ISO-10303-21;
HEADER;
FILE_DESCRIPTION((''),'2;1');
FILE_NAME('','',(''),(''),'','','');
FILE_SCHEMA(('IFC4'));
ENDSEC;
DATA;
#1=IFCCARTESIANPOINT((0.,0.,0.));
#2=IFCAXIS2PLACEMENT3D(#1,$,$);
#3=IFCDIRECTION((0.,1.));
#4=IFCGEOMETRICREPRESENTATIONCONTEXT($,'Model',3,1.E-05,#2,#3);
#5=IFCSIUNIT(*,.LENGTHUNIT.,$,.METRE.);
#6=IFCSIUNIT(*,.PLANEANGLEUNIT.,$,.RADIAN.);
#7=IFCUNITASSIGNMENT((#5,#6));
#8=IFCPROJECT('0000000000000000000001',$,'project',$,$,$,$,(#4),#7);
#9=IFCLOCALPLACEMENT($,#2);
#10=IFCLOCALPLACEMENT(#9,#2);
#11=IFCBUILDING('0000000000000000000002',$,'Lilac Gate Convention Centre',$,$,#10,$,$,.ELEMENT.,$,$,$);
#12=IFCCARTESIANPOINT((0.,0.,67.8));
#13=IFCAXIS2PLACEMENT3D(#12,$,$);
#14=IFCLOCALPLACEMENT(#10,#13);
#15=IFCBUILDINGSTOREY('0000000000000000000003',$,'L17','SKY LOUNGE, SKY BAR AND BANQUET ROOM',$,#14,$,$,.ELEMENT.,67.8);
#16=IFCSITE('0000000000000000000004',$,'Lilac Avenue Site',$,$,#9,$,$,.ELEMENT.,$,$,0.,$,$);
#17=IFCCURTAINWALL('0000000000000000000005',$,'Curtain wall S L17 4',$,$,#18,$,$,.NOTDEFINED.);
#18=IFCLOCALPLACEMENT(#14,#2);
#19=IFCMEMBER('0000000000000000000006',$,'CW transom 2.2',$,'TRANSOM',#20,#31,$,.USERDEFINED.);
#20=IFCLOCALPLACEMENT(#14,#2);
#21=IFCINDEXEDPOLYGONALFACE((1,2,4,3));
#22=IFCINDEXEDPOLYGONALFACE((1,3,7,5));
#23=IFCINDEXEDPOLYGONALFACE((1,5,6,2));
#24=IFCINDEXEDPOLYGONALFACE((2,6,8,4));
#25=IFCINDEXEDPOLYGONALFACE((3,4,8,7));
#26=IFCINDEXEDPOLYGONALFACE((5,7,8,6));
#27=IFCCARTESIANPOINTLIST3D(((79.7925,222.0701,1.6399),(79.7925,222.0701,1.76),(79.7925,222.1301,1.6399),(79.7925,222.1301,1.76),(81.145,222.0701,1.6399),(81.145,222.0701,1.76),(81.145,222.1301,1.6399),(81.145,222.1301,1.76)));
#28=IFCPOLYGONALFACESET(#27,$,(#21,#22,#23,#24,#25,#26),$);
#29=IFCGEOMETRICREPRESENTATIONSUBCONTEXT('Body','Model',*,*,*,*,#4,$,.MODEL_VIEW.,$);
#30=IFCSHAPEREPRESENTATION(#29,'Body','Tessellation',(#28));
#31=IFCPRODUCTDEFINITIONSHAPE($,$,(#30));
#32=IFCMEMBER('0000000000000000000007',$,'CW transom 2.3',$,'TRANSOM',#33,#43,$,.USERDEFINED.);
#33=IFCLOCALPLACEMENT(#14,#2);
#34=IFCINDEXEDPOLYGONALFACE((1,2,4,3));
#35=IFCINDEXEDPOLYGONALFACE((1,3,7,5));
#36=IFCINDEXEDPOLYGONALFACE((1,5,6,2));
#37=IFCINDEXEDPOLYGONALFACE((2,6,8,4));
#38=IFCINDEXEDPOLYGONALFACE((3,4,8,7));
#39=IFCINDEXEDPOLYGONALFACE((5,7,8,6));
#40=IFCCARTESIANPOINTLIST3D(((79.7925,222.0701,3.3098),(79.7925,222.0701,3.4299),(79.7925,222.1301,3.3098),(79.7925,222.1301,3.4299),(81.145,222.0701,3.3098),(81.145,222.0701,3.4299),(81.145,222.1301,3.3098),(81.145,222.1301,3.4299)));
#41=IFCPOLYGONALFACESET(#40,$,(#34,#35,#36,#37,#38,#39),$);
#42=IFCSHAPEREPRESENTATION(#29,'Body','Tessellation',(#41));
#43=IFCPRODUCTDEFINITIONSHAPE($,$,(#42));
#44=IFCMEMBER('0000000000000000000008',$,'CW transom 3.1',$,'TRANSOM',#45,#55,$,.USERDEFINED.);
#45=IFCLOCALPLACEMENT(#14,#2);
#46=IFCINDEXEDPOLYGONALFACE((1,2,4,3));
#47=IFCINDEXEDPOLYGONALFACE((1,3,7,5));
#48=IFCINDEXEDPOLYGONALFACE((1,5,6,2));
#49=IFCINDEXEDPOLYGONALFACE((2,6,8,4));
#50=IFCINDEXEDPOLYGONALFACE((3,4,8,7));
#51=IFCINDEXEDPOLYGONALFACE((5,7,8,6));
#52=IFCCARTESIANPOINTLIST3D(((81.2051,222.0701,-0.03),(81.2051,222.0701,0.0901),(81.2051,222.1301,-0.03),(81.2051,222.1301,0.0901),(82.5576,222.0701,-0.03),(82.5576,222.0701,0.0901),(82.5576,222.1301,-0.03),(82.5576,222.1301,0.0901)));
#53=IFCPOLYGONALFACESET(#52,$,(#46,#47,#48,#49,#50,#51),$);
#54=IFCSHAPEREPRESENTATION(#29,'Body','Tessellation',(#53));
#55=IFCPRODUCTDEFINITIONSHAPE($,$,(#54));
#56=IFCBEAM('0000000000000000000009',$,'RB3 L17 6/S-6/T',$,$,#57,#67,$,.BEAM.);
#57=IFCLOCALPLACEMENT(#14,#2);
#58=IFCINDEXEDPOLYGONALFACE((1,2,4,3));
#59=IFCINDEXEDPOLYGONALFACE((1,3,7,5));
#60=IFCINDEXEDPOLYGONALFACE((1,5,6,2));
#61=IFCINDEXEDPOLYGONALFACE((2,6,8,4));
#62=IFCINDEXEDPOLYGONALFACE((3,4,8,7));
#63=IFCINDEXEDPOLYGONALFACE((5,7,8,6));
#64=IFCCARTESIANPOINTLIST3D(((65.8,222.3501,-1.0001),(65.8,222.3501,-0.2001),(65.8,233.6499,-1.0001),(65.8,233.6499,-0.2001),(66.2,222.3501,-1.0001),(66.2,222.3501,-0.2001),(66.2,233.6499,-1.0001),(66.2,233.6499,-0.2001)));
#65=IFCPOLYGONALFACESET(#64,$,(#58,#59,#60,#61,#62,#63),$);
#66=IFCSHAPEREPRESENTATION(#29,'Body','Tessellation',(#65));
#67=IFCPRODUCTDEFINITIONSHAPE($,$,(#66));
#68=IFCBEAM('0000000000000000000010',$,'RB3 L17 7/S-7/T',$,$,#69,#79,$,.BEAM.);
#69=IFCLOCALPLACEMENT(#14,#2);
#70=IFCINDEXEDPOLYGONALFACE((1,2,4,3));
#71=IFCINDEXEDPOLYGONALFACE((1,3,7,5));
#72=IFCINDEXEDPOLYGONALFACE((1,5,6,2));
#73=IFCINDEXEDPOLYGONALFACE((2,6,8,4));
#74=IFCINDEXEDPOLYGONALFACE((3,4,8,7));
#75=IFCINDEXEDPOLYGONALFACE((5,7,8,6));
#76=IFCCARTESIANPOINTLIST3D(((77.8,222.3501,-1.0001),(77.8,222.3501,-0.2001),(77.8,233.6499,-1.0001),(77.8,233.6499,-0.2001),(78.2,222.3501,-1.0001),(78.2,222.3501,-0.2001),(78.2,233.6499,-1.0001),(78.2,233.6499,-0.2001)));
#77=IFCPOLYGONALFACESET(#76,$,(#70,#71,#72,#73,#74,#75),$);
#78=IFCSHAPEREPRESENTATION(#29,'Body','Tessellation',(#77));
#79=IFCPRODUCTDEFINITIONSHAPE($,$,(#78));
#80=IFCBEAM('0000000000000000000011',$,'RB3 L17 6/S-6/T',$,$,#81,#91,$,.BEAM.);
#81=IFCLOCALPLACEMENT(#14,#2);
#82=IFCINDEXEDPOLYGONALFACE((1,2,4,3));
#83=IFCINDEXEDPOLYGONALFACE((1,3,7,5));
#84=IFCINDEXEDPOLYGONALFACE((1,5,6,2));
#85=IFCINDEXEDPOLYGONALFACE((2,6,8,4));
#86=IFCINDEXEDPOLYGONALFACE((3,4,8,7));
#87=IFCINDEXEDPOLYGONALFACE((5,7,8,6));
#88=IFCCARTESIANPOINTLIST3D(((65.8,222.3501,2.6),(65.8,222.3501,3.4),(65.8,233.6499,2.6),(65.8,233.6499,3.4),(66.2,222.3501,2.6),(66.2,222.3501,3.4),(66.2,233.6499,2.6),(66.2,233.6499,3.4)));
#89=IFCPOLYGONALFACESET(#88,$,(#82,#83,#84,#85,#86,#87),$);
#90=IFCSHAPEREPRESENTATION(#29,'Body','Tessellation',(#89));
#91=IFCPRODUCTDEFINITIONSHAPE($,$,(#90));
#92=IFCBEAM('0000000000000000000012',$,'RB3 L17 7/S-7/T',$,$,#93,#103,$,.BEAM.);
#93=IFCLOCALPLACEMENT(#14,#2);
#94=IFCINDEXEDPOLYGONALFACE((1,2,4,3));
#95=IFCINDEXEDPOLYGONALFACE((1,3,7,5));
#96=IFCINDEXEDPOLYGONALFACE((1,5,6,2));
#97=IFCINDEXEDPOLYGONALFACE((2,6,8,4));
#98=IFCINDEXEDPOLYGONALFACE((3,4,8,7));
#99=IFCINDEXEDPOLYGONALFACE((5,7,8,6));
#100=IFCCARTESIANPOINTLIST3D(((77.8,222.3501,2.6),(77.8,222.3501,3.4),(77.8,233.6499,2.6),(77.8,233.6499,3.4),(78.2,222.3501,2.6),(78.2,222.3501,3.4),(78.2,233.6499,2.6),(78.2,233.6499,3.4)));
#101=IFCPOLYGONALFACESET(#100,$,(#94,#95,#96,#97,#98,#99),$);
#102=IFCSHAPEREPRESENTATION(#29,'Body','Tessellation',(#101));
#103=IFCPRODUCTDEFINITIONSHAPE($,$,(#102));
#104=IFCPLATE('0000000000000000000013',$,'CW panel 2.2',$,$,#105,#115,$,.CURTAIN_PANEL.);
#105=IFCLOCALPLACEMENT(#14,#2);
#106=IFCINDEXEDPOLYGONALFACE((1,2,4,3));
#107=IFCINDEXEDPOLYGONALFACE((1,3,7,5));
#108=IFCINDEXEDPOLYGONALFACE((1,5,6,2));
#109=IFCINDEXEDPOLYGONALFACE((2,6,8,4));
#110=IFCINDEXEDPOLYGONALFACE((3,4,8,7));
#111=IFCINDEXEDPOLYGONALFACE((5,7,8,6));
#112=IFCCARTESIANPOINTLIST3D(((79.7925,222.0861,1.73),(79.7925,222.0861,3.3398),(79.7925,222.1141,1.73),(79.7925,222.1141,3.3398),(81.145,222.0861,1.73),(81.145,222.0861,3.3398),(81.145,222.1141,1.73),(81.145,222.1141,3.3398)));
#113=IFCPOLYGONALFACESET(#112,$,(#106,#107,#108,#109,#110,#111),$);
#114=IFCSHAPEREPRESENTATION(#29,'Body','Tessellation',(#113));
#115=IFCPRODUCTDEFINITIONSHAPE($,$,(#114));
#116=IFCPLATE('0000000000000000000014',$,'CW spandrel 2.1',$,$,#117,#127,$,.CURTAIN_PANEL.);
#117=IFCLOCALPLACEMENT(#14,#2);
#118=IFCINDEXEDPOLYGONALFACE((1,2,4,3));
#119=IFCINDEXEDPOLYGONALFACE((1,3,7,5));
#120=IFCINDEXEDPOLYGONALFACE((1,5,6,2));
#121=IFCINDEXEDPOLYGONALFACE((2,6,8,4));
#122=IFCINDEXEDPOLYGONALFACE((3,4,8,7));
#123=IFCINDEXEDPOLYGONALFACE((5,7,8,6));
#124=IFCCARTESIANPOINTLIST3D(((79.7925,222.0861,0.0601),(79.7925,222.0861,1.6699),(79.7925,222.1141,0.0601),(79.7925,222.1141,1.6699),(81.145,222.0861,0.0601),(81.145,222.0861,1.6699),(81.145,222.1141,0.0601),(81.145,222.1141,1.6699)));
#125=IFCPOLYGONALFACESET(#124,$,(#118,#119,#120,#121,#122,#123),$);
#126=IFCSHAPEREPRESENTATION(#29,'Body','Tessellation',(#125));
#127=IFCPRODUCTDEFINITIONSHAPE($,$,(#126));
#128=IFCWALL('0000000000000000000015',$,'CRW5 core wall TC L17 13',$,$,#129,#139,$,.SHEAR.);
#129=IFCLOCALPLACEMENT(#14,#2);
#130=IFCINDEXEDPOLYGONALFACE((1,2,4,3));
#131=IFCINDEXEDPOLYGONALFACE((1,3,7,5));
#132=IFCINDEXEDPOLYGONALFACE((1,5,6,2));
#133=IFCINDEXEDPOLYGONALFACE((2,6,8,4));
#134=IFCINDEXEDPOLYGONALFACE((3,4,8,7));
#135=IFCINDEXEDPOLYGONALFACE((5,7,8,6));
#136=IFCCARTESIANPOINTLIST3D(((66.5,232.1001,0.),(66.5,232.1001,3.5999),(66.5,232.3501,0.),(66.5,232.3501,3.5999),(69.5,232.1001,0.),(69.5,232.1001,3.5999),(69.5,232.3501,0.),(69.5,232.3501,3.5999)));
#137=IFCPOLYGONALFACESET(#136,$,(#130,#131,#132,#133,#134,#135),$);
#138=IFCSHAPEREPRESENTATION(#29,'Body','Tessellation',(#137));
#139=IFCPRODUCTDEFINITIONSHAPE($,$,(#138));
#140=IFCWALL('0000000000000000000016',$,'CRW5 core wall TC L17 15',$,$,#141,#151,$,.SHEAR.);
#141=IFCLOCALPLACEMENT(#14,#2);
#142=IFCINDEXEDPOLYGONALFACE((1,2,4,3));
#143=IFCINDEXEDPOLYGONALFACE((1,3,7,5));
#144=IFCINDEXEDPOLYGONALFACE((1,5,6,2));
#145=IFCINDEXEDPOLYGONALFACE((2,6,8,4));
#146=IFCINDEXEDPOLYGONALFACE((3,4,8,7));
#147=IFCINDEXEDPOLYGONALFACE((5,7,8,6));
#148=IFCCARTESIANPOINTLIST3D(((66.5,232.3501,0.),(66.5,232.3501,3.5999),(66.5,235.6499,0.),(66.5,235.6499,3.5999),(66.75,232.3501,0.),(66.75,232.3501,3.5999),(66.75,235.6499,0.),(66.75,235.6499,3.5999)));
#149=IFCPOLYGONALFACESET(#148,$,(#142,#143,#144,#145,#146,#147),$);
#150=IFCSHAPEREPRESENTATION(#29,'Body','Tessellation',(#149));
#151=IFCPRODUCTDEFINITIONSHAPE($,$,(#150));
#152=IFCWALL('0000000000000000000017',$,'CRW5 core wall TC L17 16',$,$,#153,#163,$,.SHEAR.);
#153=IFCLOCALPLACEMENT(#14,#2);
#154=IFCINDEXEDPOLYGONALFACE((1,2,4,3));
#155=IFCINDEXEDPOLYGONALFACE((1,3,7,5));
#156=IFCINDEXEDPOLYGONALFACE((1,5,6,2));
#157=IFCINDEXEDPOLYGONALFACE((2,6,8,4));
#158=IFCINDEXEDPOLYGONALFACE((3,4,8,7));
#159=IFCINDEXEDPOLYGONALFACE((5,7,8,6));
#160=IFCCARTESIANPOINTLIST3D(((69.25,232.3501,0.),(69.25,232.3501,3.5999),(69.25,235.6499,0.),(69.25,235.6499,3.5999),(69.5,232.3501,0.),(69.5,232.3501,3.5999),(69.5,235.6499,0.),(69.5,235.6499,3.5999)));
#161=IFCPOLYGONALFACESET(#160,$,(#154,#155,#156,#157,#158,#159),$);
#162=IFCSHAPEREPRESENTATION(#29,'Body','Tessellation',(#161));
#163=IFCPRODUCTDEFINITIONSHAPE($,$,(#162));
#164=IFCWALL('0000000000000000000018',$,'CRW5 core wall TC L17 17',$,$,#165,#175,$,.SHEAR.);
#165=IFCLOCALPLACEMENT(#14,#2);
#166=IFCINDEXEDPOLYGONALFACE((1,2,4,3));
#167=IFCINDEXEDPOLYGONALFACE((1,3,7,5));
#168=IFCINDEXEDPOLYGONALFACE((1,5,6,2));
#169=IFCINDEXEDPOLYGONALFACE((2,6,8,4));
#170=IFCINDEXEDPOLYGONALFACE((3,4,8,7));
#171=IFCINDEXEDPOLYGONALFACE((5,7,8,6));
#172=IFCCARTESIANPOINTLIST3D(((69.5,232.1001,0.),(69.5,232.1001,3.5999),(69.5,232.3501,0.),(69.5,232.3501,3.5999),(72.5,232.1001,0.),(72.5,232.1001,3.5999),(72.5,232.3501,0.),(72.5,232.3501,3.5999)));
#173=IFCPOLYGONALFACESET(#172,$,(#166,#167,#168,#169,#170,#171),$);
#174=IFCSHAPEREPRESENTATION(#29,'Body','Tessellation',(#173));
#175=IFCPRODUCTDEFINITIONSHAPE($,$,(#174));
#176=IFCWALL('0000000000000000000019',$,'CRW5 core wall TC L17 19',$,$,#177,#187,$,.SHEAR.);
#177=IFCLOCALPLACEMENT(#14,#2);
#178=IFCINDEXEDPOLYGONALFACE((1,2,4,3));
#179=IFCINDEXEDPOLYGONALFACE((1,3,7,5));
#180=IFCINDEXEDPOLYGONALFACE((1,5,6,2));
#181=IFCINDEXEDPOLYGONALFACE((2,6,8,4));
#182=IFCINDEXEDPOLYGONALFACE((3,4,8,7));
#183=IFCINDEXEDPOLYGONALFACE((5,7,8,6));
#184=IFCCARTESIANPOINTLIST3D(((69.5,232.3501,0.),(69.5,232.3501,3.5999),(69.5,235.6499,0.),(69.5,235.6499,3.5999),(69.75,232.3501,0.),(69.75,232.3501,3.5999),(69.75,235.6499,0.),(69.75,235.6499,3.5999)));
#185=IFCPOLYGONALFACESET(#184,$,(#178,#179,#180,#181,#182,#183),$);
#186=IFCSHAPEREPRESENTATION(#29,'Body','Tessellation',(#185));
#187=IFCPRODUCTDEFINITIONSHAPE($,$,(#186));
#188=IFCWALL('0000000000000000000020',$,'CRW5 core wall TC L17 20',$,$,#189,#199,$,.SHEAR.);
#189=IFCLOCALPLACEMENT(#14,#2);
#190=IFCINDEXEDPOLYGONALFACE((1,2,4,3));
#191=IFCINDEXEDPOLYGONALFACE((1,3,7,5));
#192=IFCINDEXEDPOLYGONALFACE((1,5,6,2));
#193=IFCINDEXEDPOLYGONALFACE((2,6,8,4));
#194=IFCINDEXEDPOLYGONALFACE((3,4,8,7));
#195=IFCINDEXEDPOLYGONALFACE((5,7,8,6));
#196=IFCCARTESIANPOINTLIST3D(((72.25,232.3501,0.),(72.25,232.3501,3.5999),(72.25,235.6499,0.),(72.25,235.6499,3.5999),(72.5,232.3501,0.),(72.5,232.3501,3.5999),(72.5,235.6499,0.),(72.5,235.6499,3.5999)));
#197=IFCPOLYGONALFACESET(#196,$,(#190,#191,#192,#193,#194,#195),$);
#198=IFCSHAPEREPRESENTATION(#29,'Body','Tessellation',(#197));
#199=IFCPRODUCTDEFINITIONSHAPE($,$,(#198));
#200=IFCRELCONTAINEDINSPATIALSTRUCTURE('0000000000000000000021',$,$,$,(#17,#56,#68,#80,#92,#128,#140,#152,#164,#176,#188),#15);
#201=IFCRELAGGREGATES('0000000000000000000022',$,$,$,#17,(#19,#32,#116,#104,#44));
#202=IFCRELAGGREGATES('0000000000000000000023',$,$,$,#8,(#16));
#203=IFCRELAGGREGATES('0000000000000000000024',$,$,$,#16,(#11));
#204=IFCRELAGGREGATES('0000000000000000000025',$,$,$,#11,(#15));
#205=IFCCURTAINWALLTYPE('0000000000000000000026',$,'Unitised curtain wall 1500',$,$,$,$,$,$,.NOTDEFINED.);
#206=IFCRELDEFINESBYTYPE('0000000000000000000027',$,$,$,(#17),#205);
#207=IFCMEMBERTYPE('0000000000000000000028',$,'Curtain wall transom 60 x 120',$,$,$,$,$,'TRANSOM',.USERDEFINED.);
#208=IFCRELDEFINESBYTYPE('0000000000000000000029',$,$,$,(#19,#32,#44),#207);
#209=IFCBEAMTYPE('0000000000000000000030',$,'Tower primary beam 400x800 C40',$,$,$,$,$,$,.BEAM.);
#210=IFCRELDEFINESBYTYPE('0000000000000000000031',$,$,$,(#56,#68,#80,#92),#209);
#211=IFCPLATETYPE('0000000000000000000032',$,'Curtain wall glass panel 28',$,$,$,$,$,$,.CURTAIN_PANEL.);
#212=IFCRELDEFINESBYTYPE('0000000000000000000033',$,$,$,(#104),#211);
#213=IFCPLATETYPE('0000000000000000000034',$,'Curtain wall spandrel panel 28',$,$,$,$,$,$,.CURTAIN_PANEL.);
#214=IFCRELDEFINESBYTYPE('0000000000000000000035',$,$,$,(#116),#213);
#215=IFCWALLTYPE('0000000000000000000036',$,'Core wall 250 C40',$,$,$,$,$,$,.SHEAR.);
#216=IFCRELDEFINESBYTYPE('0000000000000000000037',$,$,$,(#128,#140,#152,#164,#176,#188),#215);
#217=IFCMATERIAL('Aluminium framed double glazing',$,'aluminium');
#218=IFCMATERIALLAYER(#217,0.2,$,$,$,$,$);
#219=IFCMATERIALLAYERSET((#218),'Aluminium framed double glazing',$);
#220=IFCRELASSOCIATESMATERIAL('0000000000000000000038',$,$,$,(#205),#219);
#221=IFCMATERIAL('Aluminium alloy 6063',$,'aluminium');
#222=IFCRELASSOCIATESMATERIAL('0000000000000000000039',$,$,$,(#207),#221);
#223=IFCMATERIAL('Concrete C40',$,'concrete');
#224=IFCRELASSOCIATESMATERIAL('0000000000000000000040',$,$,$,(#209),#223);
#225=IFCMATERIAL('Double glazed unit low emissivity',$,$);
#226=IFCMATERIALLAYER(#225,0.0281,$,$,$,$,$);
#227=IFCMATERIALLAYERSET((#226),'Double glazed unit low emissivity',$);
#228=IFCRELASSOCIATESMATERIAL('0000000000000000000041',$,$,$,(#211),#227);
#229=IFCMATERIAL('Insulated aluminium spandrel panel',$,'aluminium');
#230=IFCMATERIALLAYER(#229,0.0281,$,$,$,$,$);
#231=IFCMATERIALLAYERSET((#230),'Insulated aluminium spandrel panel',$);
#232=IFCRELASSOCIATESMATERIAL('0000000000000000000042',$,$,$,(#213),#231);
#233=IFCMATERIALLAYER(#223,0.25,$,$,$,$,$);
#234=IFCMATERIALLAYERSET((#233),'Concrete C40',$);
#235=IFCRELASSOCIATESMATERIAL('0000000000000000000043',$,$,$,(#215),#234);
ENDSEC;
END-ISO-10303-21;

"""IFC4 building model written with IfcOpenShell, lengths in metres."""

from ifc_helpers import new_model, si_unit, direction, frame, frame_2d, origin, origin_2d, place, context, subcontext, project, spatial, rectangle, extrude, material, layer, layer_set, material_profile, profile_set, type_object, element, aggregate, save


model = new_model("IFC4")

# Units and contexts
model_context = context("Model", 3, precision=1e-05, world=origin(), true_north=direction((0.0, 1.0)))
body_context = subcontext(model_context, "Body", "Model", "MODEL_VIEW")
ifc_project = project(units=[si_unit("LENGTHUNIT", "METRE"), si_unit("PLANEANGLEUNIT", "RADIAN")], contexts=[model_context])

# Site, building, storey
site_placement = place(None, origin())
site = spatial("IfcSite", under=ifc_project, at=site_placement, Name="Lilac Avenue Site", CompositionType="ELEMENT", RefElevation=0.0)
building_placement = place(site_placement, origin())
building = spatial("IfcBuilding", under=site, at=building_placement, Name="Lilac Gate Convention Centre", CompositionType="ELEMENT")
storey_placement = place(building_placement, frame((0.0, 0.0, 67.8)))
storey = spatial("IfcBuildingStorey", under=building, at=storey_placement, Name="L17", Description="SKY LOUNGE, SKY BAR AND BANQUET ROOM", CompositionType="ELEMENT", Elevation=67.8)

# Curtain wall, members
ifc_material_1 = material(Name="Aluminium framed double glazing", Category="aluminium")
ifc_layer_1 = layer(ifc_material_1, 0.2)
ifc_layer_set_1 = layer_set([ifc_layer_1], Name="Aluminium framed double glazing")
curtain_wall_type = type_object("IfcCurtainWallType", Name="Unitised curtain wall 1500", PredefinedType="NOTDEFINED", material=ifc_layer_set_1)
curtain_wall_placement = place(storey_placement, origin())
curtain_wall = element("IfcCurtainWall", 1, at=curtain_wall_placement, inside=storey, type_object=curtain_wall_type, Name="Curtain wall S L17 4", PredefinedType="NOTDEFINED")
ifc_material_2 = material(Name="Aluminium alloy 6063", Category="aluminium")
ifc_material_profile_1 = material_profile(ifc_material_2, rectangle(XDim=0.0601, YDim=0.1201, at=origin_2d()), Name="Curtain wall transom 60 x 120")
ifc_profile_set_1 = profile_set([ifc_material_profile_1], Name="Aluminium alloy 6063")
member_type = type_object("IfcMemberType", Name="Curtain wall transom 60 x 120", ElementType="TRANSOM", PredefinedType="USERDEFINED", material=ifc_profile_set_1)
member_1_placement = place(storey_placement, frame((79.7925, 222.1001, 1.7), z_axis=(1.0, 0.0, 0.0), x_axis=(0.0, 1.0, 0.0)))
member_1 = element("IfcMember", 2, at=member_1_placement, type_object=member_type, Name="CW transom 2.2", ObjectType="TRANSOM", PredefinedType="USERDEFINED", context=body_context, shape_type="SweptSolid", body=[
    extrude(rectangle(XDim=0.0601, YDim=0.1201, at=origin_2d()), origin(), (0.0, 0.0, 1.0), 1.3525),
])
member_2_placement = place(storey_placement, frame((79.7925, 222.1001, 3.3699), z_axis=(1.0, 0.0, 0.0), x_axis=(0.0, 1.0, 0.0)))
member_2 = element("IfcMember", 3, at=member_2_placement, type_object=member_type, Name="CW transom 2.3", ObjectType="TRANSOM", PredefinedType="USERDEFINED", context=body_context, shape_type="SweptSolid", body=[
    extrude(rectangle(XDim=0.0601, YDim=0.1201, at=origin_2d()), origin(), (0.0, 0.0, 1.0), 1.3525),
])
member_3_placement = place(storey_placement, frame((81.2051, 222.1001, 0.03), z_axis=(1.0, 0.0, 0.0), x_axis=(0.0, 1.0, 0.0)))
member_3 = element("IfcMember", 4, at=member_3_placement, type_object=member_type, Name="CW transom 3.1", ObjectType="TRANSOM", PredefinedType="USERDEFINED", context=body_context, shape_type="SweptSolid", body=[
    extrude(rectangle(XDim=0.0601, YDim=0.1201, at=origin_2d()), origin(), (0.0, 0.0, 1.0), 1.3525),
])

# Beams
ifc_material_3 = material(Name="Concrete C40", Category="concrete")
ifc_material_profile_2 = material_profile(ifc_material_3, rectangle(XDim=0.3999, YDim=0.8, at=origin_2d()), Name="RC 400x800")
ifc_profile_set_2 = profile_set([ifc_material_profile_2], Name="Concrete C40")
beam_type = type_object("IfcBeamType", Name="Tower primary beam 400x800 C40", PredefinedType="BEAM", material=ifc_profile_set_2)
for number, where, z_axis, x_axis, name in (
    (5, (66.0, 222.3501, -0.6001), (0.0, 1.0, 0.0), (-1.0, 0.0, 0.0), "RB3 L17 6/S-6/T"),
    (6, (78.0, 222.3501, -0.6001), (0.0, 1.0, 0.0), (-1.0, 0.0, 0.0), "RB3 L17 7/S-7/T"),
    (7, (66.0, 222.3501, 3.0), (0.0, 1.0, 0.0), (-1.0, 0.0, 0.0), "RB3 L17 6/S-6/T"),
    (8, (78.0, 222.3501, 3.0), (0.0, 1.0, 0.0), (-1.0, 0.0, 0.0), "RB3 L17 7/S-7/T"),
):
    element("IfcBeam", number, at=place(storey_placement, frame(where, z_axis=z_axis, x_axis=x_axis)), inside=storey, type_object=beam_type, Name=name, PredefinedType="BEAM", context=body_context, shape_type="SweptSolid", body=[
        extrude(rectangle(XDim=0.3999, YDim=0.8, at=origin_2d()), origin(), (0.0, 0.0, 1.0), 11.2998),
    ])

# Plates
ifc_material_4 = material(Name="Double glazed unit low emissivity")
ifc_layer_2 = layer(ifc_material_4, 0.0281)
ifc_layer_set_2 = layer_set([ifc_layer_2], Name="Double glazed unit low emissivity")
plate_type_1 = type_object("IfcPlateType", Name="Curtain wall glass panel 28", PredefinedType="CURTAIN_PANEL", material=ifc_layer_set_2)
plate_1_placement = place(storey_placement, frame((80.4688, 222.1001, 1.73), z_axis=(0.0, 0.0, 1.0), x_axis=(1.0, 0.0, 0.0)))
plate_1 = element("IfcPlate", 9, at=plate_1_placement, type_object=plate_type_1, Name="CW panel 2.2", PredefinedType="CURTAIN_PANEL", context=body_context, shape_type="SweptSolid", body=[
    extrude(rectangle(XDim=1.3525, YDim=0.0281, at=origin_2d()), origin(), (0.0, 0.0, 1.0), 1.6099),
])
ifc_material_5 = material(Name="Insulated aluminium spandrel panel", Category="aluminium")
ifc_layer_3 = layer(ifc_material_5, 0.0281)
ifc_layer_set_3 = layer_set([ifc_layer_3], Name="Insulated aluminium spandrel panel")
plate_type_2 = type_object("IfcPlateType", Name="Curtain wall spandrel panel 28", PredefinedType="CURTAIN_PANEL", material=ifc_layer_set_3)
plate_2_placement = place(storey_placement, frame((80.4688, 222.1001, 0.0601), z_axis=(0.0, 0.0, 1.0), x_axis=(1.0, 0.0, 0.0)))
plate_2 = element("IfcPlate", 10, at=plate_2_placement, type_object=plate_type_2, Name="CW spandrel 2.1", PredefinedType="CURTAIN_PANEL", context=body_context, shape_type="SweptSolid", body=[
    extrude(rectangle(XDim=1.3525, YDim=0.0281, at=origin_2d()), origin(), (0.0, 0.0, 1.0), 1.6099),
])
aggregate(curtain_wall, [member_1, member_2, plate_2, plate_1, member_3])

# Walls
ifc_layer_4 = layer(ifc_material_3, 0.25)
ifc_layer_set_4 = layer_set([ifc_layer_4], Name="Concrete C40")
wall_type_1 = type_object("IfcWallType", Name="Core wall 250 C40", PredefinedType="SHEAR", material=ifc_layer_set_4)
wall_1_placement = place(storey_placement, frame((66.5, 232.2251, 0.0), z_axis=(0.0, 0.0, 1.0), x_axis=(1.0, 0.0, 0.0)))
element("IfcWall", 11, at=wall_1_placement, inside=storey, type_object=wall_type_1, Name="CRW5 core wall TC L17 13", PredefinedType="SHEAR", context=body_context, shape_type="SweptSolid", body=[
    extrude(rectangle(XDim=3.0, YDim=0.25, at=frame_2d((1.5, 0.0))), origin(), (0.0, 0.0, 1.0), 3.5999),
])
for number, where, z_axis, x_axis, name in (
    (12, (66.625, 232.3501, 0.0), (0.0, 0.0, 1.0), (0.0, 1.0, 0.0), "CRW5 core wall TC L17 15"),
    (13, (69.375, 232.3501, 0.0), (0.0, 0.0, 1.0), (0.0, 1.0, 0.0), "CRW5 core wall TC L17 16"),
):
    element("IfcWall", number, at=place(storey_placement, frame(where, z_axis=z_axis, x_axis=x_axis)), inside=storey, type_object=wall_type_1, Name=name, PredefinedType="SHEAR", context=body_context, shape_type="SweptSolid", body=[
        extrude(rectangle(XDim=3.2998, YDim=0.25, at=frame_2d((1.6499, 0.0))), origin(), (0.0, 0.0, 1.0), 3.5999),
    ])
wall_2_placement = place(storey_placement, frame((69.5, 232.2251, 0.0), z_axis=(0.0, 0.0, 1.0), x_axis=(1.0, 0.0, 0.0)))
element("IfcWall", 14, at=wall_2_placement, inside=storey, type_object=wall_type_1, Name="CRW5 core wall TC L17 17", PredefinedType="SHEAR", context=body_context, shape_type="SweptSolid", body=[
    extrude(rectangle(XDim=3.0, YDim=0.25, at=frame_2d((1.5, 0.0))), origin(), (0.0, 0.0, 1.0), 3.5999),
])
for number, where, z_axis, x_axis, name in (
    (15, (69.625, 232.3501, 0.0), (0.0, 0.0, 1.0), (0.0, 1.0, 0.0), "CRW5 core wall TC L17 19"),
    (16, (72.375, 232.3501, 0.0), (0.0, 0.0, 1.0), (0.0, 1.0, 0.0), "CRW5 core wall TC L17 20"),
):
    element("IfcWall", number, at=place(storey_placement, frame(where, z_axis=z_axis, x_axis=x_axis)), inside=storey, type_object=wall_type_1, Name=name, PredefinedType="SHEAR", context=body_context, shape_type="SweptSolid", body=[
        extrude(rectangle(XDim=3.2998, YDim=0.25, at=frame_2d((1.6499, 0.0))), origin(), (0.0, 0.0, 1.0), 3.5999),
    ])

save(model, "model.ifc")
